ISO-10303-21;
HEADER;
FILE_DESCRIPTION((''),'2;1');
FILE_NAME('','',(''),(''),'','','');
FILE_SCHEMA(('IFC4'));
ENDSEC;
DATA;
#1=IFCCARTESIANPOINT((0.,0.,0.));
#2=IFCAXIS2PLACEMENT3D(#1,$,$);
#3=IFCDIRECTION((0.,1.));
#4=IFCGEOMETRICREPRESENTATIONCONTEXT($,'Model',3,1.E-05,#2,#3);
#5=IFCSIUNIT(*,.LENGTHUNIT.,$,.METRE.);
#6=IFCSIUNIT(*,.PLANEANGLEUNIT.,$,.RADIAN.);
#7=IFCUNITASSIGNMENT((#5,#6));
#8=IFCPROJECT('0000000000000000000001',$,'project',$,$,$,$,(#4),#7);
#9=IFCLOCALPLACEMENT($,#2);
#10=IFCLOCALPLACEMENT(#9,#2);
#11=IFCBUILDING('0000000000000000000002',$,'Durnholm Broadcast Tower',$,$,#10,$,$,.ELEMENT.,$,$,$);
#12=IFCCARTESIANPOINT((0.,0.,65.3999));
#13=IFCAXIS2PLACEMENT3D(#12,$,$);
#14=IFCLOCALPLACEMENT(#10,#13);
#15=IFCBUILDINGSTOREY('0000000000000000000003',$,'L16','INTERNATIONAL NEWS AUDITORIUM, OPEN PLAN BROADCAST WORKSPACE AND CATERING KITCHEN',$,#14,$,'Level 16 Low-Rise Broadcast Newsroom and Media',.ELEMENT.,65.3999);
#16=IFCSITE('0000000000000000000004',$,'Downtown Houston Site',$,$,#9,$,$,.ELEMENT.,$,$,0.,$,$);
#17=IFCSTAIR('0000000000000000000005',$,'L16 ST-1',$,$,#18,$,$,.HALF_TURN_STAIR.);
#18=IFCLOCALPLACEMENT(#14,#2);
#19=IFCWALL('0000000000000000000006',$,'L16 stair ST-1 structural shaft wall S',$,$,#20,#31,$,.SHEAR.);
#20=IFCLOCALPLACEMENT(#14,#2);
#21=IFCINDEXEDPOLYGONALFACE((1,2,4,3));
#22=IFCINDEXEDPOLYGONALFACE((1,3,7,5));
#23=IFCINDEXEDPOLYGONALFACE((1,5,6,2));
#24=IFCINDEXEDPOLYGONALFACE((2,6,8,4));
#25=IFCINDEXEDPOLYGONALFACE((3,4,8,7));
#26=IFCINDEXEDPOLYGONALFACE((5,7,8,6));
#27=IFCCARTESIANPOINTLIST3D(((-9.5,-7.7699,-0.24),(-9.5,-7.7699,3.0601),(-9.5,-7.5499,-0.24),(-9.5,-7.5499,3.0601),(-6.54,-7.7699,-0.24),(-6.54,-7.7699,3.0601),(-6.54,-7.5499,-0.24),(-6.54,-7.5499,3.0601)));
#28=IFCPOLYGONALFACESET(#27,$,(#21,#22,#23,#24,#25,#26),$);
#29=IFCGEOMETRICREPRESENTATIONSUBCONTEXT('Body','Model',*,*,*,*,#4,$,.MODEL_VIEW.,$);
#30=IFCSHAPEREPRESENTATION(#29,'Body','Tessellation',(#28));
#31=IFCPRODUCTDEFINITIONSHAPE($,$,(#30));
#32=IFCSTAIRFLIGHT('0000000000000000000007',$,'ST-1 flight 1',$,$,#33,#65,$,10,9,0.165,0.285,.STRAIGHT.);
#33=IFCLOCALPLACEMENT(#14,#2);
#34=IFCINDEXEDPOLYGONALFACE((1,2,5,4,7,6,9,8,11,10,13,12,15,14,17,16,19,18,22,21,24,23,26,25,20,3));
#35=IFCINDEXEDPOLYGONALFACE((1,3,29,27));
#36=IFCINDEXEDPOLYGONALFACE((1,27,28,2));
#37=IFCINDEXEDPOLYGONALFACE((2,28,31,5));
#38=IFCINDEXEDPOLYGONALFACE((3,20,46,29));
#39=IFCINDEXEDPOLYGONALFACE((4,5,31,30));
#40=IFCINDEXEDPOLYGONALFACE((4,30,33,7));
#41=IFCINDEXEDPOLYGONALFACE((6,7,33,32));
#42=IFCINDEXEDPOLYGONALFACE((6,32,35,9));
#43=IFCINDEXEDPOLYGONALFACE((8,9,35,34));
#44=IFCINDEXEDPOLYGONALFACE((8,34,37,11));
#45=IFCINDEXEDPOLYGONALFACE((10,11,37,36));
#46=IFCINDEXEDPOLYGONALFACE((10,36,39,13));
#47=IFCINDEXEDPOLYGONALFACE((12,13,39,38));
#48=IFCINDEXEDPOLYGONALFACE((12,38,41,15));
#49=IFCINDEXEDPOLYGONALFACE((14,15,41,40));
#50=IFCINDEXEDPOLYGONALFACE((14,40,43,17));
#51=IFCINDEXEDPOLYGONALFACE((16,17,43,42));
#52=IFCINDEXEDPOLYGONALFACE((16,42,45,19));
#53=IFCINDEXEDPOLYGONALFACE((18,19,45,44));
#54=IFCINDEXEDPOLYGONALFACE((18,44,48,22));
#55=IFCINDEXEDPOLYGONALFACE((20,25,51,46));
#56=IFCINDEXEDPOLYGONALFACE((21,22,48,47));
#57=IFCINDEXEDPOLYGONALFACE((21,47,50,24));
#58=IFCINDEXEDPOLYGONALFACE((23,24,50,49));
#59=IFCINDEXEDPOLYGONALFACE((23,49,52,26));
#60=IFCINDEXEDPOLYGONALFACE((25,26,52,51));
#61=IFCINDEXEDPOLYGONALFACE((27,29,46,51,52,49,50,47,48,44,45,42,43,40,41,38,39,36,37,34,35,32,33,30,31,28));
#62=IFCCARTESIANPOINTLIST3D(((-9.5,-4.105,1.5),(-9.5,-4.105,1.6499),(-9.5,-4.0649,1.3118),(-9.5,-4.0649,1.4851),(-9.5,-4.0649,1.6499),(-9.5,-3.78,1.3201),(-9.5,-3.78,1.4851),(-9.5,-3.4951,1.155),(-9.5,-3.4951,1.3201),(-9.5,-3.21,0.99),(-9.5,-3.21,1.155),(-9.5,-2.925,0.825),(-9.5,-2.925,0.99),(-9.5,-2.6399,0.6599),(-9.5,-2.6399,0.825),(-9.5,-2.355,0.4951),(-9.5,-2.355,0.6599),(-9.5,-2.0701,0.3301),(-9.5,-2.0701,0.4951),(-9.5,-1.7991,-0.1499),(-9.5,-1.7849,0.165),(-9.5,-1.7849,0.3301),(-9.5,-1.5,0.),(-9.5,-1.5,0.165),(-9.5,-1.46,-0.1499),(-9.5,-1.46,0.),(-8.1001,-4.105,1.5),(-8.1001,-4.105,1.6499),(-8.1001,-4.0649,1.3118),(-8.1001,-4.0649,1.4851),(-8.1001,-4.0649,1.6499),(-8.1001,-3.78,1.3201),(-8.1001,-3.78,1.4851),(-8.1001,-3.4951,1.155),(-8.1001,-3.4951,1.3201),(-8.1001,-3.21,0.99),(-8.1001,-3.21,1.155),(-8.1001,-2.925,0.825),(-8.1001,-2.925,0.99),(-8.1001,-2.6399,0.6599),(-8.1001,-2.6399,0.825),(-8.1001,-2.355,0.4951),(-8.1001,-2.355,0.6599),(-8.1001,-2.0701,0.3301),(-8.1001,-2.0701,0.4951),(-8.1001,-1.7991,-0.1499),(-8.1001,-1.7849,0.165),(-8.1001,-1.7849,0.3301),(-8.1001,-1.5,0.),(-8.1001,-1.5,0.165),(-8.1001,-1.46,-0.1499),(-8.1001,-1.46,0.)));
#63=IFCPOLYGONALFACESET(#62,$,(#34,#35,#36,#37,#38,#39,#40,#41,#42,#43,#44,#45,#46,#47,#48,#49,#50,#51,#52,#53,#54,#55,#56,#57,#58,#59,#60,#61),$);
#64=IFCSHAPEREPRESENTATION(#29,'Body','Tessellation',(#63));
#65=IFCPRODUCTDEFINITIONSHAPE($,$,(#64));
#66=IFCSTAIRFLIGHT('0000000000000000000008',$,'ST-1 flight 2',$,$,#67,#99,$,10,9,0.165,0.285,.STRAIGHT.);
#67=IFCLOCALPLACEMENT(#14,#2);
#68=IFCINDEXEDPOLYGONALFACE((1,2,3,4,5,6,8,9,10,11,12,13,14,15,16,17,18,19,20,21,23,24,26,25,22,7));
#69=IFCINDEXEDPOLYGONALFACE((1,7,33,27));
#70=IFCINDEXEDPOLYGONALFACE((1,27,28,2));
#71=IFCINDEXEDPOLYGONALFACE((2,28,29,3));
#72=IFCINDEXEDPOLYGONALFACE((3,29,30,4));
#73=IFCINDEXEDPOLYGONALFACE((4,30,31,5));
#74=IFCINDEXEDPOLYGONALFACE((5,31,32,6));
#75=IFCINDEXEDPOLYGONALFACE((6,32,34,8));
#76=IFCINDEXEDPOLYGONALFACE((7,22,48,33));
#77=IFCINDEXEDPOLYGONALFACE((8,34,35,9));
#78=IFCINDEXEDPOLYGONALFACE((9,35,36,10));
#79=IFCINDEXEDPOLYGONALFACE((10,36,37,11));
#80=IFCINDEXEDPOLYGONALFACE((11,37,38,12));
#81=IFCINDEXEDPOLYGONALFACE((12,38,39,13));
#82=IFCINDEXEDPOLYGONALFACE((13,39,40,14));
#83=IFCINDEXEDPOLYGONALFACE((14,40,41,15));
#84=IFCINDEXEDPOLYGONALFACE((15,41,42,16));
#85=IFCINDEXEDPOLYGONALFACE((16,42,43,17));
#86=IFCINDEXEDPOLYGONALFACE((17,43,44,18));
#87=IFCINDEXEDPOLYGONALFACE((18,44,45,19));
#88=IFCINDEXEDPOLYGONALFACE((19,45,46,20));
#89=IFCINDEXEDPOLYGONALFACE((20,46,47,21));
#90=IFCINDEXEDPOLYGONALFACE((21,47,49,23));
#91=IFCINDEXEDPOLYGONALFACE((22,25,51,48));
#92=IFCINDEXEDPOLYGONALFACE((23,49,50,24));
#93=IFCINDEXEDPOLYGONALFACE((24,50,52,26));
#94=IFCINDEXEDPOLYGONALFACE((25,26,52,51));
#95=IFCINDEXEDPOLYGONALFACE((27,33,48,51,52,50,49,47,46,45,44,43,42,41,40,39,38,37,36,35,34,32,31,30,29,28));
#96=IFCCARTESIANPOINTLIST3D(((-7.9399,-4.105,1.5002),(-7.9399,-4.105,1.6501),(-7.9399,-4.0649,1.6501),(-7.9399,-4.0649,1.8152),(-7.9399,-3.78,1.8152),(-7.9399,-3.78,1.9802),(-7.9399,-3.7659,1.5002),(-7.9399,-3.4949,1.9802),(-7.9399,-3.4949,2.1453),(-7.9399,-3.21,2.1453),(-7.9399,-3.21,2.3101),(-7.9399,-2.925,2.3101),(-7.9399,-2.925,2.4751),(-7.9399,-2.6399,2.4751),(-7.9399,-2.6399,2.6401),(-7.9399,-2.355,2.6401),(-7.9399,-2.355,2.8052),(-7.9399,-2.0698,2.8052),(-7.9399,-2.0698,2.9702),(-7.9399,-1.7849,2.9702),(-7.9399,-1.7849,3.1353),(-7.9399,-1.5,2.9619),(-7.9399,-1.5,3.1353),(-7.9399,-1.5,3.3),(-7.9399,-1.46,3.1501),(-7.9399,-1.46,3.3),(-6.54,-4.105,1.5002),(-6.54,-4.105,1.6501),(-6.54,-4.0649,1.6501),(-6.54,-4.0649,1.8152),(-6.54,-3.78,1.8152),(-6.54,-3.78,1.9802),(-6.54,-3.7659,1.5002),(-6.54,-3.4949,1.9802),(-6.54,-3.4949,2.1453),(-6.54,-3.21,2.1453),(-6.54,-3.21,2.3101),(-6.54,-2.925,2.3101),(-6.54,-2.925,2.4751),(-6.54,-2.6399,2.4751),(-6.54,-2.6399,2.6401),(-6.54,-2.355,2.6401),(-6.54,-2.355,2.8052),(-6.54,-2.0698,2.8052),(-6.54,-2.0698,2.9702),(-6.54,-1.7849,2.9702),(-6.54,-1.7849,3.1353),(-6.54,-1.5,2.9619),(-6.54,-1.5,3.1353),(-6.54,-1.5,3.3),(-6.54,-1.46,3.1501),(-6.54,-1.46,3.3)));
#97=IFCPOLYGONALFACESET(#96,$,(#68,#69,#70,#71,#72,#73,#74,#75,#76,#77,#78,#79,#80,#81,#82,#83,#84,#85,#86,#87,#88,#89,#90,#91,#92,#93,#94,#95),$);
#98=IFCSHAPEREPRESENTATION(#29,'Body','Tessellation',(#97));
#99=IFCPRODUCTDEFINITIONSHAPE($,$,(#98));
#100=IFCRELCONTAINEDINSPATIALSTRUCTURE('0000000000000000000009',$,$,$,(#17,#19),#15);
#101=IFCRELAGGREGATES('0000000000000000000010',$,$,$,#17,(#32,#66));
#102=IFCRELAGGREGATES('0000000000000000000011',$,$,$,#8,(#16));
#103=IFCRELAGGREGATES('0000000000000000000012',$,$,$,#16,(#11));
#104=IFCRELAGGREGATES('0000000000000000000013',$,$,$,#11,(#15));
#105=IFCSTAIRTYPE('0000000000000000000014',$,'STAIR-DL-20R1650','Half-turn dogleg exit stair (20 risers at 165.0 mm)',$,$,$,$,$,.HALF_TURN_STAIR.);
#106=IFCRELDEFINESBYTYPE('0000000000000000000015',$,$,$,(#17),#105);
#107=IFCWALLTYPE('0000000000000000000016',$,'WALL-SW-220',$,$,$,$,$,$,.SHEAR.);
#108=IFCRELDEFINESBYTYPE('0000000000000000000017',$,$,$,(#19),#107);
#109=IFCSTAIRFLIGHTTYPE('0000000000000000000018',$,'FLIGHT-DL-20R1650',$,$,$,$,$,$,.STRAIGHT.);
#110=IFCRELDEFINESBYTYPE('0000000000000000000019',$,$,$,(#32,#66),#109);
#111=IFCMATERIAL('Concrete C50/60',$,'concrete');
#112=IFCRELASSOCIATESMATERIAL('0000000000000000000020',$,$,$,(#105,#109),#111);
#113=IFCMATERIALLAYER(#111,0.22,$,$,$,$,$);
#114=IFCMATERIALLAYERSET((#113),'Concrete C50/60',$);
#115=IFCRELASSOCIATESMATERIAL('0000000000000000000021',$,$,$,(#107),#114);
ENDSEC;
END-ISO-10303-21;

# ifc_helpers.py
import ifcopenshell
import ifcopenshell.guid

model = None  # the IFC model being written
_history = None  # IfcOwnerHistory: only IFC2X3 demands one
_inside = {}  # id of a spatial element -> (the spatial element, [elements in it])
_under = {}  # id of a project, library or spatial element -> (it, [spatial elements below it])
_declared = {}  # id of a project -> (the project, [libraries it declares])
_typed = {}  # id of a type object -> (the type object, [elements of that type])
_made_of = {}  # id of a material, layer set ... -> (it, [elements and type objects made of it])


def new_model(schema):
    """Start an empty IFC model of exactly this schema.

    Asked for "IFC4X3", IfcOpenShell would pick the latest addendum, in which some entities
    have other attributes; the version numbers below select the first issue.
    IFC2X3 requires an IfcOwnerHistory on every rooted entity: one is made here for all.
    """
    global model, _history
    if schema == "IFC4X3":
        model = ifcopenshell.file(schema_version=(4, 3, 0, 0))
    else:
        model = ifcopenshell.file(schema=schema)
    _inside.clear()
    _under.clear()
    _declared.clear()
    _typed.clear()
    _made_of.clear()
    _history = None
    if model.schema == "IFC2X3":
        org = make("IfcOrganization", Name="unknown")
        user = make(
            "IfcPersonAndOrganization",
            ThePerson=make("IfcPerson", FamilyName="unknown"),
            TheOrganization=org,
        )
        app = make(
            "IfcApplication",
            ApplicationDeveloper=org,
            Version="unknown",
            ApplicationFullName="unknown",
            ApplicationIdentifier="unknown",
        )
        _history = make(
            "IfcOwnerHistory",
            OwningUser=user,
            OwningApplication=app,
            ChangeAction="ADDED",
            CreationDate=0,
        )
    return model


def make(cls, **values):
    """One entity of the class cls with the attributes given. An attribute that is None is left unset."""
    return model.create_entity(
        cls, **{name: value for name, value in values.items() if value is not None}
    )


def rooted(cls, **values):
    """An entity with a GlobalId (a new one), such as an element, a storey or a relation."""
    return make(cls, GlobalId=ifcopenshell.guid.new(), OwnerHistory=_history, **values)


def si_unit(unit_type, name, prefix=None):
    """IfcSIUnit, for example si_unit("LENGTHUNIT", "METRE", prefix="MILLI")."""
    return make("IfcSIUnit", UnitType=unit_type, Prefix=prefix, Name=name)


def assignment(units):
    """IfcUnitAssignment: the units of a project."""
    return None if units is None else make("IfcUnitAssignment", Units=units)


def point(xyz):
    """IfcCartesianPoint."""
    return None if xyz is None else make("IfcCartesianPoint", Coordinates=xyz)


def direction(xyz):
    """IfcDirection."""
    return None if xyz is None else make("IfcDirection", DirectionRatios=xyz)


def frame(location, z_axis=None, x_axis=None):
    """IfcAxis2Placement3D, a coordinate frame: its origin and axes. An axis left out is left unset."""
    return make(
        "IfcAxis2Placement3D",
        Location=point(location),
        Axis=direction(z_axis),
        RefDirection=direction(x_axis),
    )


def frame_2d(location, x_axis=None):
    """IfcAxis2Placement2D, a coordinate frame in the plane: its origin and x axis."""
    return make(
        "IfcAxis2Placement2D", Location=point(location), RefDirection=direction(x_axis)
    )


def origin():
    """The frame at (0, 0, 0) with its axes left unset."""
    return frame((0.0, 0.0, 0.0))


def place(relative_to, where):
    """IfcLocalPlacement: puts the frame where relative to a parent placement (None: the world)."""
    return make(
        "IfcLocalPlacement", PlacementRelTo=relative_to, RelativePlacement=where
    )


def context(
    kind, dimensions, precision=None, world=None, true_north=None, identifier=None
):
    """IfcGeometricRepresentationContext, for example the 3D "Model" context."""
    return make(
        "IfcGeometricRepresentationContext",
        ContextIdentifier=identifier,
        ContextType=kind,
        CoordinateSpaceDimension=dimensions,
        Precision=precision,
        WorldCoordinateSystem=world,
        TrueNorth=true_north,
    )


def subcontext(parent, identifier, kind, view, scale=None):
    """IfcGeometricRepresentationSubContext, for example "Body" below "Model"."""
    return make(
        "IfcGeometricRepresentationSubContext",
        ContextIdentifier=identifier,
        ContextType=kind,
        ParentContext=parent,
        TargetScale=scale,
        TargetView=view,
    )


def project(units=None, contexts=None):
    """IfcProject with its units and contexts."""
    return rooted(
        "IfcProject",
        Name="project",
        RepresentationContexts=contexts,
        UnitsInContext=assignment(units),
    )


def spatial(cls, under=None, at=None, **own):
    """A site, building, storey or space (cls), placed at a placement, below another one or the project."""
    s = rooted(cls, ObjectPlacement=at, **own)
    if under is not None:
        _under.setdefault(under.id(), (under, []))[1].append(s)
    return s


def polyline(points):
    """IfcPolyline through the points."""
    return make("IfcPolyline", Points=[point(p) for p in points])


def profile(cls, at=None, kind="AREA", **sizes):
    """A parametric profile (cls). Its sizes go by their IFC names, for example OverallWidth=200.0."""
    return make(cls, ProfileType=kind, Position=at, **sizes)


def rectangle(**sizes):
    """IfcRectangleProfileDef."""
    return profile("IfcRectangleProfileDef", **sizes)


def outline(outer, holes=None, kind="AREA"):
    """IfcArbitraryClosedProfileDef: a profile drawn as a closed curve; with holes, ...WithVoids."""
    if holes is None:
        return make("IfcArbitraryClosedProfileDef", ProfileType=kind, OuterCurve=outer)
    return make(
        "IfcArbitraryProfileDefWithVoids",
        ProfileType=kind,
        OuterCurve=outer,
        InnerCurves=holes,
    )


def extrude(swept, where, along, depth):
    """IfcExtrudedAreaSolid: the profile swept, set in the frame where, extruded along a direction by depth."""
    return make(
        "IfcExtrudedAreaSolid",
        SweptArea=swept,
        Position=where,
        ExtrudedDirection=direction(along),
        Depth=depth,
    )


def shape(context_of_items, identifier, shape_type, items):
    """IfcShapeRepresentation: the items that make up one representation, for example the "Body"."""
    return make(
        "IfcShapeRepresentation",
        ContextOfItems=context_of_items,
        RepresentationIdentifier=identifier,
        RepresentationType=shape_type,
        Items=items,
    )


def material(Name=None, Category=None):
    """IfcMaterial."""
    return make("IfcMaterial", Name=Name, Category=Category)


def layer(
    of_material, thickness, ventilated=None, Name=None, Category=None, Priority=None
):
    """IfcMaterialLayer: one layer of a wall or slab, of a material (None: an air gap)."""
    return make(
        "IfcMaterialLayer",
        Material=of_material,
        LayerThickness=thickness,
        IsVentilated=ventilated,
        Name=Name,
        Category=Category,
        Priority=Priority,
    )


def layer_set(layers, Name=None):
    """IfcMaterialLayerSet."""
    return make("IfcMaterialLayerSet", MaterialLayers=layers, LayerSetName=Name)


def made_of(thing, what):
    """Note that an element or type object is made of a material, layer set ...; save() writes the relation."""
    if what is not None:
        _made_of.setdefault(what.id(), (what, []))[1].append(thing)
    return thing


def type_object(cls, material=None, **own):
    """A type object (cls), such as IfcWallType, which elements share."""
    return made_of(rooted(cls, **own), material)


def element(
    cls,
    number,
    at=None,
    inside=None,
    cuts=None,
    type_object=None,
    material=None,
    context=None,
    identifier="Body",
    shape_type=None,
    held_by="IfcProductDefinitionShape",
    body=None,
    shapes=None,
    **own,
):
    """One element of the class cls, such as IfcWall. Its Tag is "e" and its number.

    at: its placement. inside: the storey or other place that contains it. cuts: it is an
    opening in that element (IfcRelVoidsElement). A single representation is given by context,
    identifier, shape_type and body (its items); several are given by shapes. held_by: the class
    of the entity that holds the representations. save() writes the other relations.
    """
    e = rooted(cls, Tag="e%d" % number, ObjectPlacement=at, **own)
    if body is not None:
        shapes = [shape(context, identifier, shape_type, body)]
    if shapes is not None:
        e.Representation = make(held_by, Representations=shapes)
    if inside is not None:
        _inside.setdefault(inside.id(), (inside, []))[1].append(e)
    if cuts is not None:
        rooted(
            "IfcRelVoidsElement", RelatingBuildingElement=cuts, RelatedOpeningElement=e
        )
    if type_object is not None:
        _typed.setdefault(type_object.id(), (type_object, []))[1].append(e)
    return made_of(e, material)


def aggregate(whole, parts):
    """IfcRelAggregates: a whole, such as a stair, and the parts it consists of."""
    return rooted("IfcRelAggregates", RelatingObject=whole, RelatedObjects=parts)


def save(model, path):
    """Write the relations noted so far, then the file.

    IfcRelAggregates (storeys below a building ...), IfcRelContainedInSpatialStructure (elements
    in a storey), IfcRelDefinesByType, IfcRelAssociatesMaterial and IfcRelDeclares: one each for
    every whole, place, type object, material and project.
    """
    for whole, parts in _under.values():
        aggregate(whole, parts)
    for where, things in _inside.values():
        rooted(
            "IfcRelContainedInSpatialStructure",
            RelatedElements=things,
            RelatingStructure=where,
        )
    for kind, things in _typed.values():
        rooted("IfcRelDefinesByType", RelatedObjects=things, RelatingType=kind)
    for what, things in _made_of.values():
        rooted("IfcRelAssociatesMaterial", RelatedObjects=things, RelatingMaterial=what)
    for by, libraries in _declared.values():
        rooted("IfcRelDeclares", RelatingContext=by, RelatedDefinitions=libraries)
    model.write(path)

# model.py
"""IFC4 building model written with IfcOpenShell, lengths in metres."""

from ifc_helpers import new_model, si_unit, direction, frame, frame_2d, origin, place, context, subcontext, project, spatial, polyline, rectangle, outline, extrude, material, layer, layer_set, type_object, element, aggregate, save


model = new_model("IFC4")

# Units and contexts
model_context = context("Model", 3, precision=1e-05, world=origin(), true_north=direction((0.0, 1.0)))
body_context = subcontext(model_context, "Body", "Model", "MODEL_VIEW")
ifc_project = project(units=[si_unit("LENGTHUNIT", "METRE"), si_unit("PLANEANGLEUNIT", "RADIAN")], contexts=[model_context])

# Site, building, storey
site_placement = place(None, origin())
site = spatial("IfcSite", under=ifc_project, at=site_placement, Name="Downtown Houston Site", CompositionType="ELEMENT", RefElevation=0.0)
building_placement = place(site_placement, origin())
building = spatial("IfcBuilding", under=site, at=building_placement, Name="Durnholm Broadcast Tower", CompositionType="ELEMENT")
storey_placement = place(building_placement, frame((0.0, 0.0, 65.3999)))
storey = spatial("IfcBuildingStorey", under=building, at=storey_placement, Name="L16", Description="INTERNATIONAL NEWS AUDITORIUM, OPEN PLAN BROADCAST WORKSPACE AND CATERING KITCHEN", LongName="Level 16 Low-Rise Broadcast Newsroom and Media", CompositionType="ELEMENT", Elevation=65.3999)

# Shared definitions
ifc_material_1 = material(Name="Concrete C50/60", Category="concrete")

# Stair
stair_type = type_object("IfcStairType", Name="STAIR-DL-20R1650", Description="Half-turn dogleg exit stair (20 risers at 165.0 mm)", PredefinedType="HALF_TURN_STAIR", material=ifc_material_1)
stair_placement = place(storey_placement, origin())
stair = element("IfcStair", 1, at=stair_placement, inside=storey, type_object=stair_type, Name="L16 ST-1", PredefinedType="HALF_TURN_STAIR")

# Shared definitions
ifc_layer_1 = layer(ifc_material_1, 0.22)
ifc_layer_set_1 = layer_set([ifc_layer_1], Name="Concrete C50/60")
wall_type_1 = type_object("IfcWallType", Name="WALL-SW-220", PredefinedType="SHEAR", material=ifc_layer_set_1)

# Wall
wall_1_placement = place(storey_placement, frame((-9.5, -7.6599, -0.24), z_axis=(0.0, 0.0, 1.0), x_axis=(1.0, 0.0, 0.0)))
element("IfcWall", 2, at=wall_1_placement, inside=storey, type_object=wall_type_1, Name="L16 stair ST-1 structural shaft wall S", PredefinedType="SHEAR", context=body_context, shape_type="SweptSolid", body=[
    extrude(rectangle(XDim=2.96, YDim=0.22, at=frame_2d((1.48, 0.0))), origin(), (0.0, 0.0, 1.0), 3.3),
])

# Stair flights
stair_flight_type = type_object("IfcStairFlightType", Name="FLIGHT-DL-20R1650", PredefinedType="STRAIGHT", material=ifc_material_1)
stair_flight_1_placement = place(storey_placement, frame((-8.8, -1.5, 0.0), z_axis=(0.0, 0.0, 1.0), x_axis=(0.0, -1.0, 0.0)))
stair_flight_1 = element("IfcStairFlight", 3, at=stair_flight_1_placement, type_object=stair_flight_type, Name="ST-1 flight 1", NumberOfRisers=10, NumberOfTreads=9, PredefinedType="STRAIGHT", RiserHeight=0.165, TreadLength=0.285, context=body_context, shape_type="SweptSolid", body=[
    extrude(outline(polyline([(-0.04, -0.1499), (-0.04, 0.0), (0.0, 0.0), (0.0, 0.165), (0.2849, 0.165), (0.2849, 0.3301), (0.5701, 0.3301), (0.5701, 0.4951), (0.855, 0.4951), (0.855, 0.6599), (1.1399, 0.6599), (1.1399, 0.825), (1.425, 0.825), (1.425, 0.99), (1.71, 0.99), (1.71, 1.155), (1.9951, 1.155), (1.9951, 1.3201), (2.28, 1.3201), (2.28, 1.4851), (2.5649, 1.4851), (2.5649, 1.6499), (2.605, 1.6499), (2.605, 1.5), (2.5649, 1.3118), (0.2991, -0.1499), (-0.04, -0.1499)])), frame((0.0, 0.7, 0.0), z_axis=(0.0, -1.0, 0.0), x_axis=(1.0, 0.0, 0.0)), (0.0, 0.0, 1.0), 1.3999),
])
stair_flight_2_placement = place(storey_placement, frame((-7.24, -4.0649, 1.6501), z_axis=(0.0, 0.0, 1.0), x_axis=(0.0, 1.0, 0.0)))
stair_flight_2 = element("IfcStairFlight", 4, at=stair_flight_2_placement, type_object=stair_flight_type, Name="ST-1 flight 2", NumberOfRisers=10, NumberOfTreads=9, PredefinedType="STRAIGHT", RiserHeight=0.165, TreadLength=0.285, context=body_context, shape_type="SweptSolid", body=[
    extrude(outline(polyline([(-0.04, -0.1499), (-0.04, 0.0), (0.0, 0.0), (0.0, 0.165), (0.2849, 0.165), (0.2849, 0.3301), (0.5701, 0.3301), (0.5701, 0.4951), (0.855, 0.4951), (0.855, 0.6599), (1.1399, 0.6599), (1.1399, 0.825), (1.425, 0.825), (1.425, 0.99), (1.71, 0.99), (1.71, 1.155), (1.9951, 1.155), (1.9951, 1.3201), (2.28, 1.3201), (2.28, 1.4851), (2.5649, 1.4851), (2.5649, 1.6499), (2.605, 1.6499), (2.605, 1.5), (2.5649, 1.3118), (0.2991, -0.1499), (-0.04, -0.1499)])), frame((0.0, 0.7, 0.0), z_axis=(0.0, -1.0, 0.0), x_axis=(1.0, 0.0, 0.0)), (0.0, 0.0, 1.0), 1.3999),
])
aggregate(stair, [stair_flight_1, stair_flight_2])

save(model, "model.ifc")
